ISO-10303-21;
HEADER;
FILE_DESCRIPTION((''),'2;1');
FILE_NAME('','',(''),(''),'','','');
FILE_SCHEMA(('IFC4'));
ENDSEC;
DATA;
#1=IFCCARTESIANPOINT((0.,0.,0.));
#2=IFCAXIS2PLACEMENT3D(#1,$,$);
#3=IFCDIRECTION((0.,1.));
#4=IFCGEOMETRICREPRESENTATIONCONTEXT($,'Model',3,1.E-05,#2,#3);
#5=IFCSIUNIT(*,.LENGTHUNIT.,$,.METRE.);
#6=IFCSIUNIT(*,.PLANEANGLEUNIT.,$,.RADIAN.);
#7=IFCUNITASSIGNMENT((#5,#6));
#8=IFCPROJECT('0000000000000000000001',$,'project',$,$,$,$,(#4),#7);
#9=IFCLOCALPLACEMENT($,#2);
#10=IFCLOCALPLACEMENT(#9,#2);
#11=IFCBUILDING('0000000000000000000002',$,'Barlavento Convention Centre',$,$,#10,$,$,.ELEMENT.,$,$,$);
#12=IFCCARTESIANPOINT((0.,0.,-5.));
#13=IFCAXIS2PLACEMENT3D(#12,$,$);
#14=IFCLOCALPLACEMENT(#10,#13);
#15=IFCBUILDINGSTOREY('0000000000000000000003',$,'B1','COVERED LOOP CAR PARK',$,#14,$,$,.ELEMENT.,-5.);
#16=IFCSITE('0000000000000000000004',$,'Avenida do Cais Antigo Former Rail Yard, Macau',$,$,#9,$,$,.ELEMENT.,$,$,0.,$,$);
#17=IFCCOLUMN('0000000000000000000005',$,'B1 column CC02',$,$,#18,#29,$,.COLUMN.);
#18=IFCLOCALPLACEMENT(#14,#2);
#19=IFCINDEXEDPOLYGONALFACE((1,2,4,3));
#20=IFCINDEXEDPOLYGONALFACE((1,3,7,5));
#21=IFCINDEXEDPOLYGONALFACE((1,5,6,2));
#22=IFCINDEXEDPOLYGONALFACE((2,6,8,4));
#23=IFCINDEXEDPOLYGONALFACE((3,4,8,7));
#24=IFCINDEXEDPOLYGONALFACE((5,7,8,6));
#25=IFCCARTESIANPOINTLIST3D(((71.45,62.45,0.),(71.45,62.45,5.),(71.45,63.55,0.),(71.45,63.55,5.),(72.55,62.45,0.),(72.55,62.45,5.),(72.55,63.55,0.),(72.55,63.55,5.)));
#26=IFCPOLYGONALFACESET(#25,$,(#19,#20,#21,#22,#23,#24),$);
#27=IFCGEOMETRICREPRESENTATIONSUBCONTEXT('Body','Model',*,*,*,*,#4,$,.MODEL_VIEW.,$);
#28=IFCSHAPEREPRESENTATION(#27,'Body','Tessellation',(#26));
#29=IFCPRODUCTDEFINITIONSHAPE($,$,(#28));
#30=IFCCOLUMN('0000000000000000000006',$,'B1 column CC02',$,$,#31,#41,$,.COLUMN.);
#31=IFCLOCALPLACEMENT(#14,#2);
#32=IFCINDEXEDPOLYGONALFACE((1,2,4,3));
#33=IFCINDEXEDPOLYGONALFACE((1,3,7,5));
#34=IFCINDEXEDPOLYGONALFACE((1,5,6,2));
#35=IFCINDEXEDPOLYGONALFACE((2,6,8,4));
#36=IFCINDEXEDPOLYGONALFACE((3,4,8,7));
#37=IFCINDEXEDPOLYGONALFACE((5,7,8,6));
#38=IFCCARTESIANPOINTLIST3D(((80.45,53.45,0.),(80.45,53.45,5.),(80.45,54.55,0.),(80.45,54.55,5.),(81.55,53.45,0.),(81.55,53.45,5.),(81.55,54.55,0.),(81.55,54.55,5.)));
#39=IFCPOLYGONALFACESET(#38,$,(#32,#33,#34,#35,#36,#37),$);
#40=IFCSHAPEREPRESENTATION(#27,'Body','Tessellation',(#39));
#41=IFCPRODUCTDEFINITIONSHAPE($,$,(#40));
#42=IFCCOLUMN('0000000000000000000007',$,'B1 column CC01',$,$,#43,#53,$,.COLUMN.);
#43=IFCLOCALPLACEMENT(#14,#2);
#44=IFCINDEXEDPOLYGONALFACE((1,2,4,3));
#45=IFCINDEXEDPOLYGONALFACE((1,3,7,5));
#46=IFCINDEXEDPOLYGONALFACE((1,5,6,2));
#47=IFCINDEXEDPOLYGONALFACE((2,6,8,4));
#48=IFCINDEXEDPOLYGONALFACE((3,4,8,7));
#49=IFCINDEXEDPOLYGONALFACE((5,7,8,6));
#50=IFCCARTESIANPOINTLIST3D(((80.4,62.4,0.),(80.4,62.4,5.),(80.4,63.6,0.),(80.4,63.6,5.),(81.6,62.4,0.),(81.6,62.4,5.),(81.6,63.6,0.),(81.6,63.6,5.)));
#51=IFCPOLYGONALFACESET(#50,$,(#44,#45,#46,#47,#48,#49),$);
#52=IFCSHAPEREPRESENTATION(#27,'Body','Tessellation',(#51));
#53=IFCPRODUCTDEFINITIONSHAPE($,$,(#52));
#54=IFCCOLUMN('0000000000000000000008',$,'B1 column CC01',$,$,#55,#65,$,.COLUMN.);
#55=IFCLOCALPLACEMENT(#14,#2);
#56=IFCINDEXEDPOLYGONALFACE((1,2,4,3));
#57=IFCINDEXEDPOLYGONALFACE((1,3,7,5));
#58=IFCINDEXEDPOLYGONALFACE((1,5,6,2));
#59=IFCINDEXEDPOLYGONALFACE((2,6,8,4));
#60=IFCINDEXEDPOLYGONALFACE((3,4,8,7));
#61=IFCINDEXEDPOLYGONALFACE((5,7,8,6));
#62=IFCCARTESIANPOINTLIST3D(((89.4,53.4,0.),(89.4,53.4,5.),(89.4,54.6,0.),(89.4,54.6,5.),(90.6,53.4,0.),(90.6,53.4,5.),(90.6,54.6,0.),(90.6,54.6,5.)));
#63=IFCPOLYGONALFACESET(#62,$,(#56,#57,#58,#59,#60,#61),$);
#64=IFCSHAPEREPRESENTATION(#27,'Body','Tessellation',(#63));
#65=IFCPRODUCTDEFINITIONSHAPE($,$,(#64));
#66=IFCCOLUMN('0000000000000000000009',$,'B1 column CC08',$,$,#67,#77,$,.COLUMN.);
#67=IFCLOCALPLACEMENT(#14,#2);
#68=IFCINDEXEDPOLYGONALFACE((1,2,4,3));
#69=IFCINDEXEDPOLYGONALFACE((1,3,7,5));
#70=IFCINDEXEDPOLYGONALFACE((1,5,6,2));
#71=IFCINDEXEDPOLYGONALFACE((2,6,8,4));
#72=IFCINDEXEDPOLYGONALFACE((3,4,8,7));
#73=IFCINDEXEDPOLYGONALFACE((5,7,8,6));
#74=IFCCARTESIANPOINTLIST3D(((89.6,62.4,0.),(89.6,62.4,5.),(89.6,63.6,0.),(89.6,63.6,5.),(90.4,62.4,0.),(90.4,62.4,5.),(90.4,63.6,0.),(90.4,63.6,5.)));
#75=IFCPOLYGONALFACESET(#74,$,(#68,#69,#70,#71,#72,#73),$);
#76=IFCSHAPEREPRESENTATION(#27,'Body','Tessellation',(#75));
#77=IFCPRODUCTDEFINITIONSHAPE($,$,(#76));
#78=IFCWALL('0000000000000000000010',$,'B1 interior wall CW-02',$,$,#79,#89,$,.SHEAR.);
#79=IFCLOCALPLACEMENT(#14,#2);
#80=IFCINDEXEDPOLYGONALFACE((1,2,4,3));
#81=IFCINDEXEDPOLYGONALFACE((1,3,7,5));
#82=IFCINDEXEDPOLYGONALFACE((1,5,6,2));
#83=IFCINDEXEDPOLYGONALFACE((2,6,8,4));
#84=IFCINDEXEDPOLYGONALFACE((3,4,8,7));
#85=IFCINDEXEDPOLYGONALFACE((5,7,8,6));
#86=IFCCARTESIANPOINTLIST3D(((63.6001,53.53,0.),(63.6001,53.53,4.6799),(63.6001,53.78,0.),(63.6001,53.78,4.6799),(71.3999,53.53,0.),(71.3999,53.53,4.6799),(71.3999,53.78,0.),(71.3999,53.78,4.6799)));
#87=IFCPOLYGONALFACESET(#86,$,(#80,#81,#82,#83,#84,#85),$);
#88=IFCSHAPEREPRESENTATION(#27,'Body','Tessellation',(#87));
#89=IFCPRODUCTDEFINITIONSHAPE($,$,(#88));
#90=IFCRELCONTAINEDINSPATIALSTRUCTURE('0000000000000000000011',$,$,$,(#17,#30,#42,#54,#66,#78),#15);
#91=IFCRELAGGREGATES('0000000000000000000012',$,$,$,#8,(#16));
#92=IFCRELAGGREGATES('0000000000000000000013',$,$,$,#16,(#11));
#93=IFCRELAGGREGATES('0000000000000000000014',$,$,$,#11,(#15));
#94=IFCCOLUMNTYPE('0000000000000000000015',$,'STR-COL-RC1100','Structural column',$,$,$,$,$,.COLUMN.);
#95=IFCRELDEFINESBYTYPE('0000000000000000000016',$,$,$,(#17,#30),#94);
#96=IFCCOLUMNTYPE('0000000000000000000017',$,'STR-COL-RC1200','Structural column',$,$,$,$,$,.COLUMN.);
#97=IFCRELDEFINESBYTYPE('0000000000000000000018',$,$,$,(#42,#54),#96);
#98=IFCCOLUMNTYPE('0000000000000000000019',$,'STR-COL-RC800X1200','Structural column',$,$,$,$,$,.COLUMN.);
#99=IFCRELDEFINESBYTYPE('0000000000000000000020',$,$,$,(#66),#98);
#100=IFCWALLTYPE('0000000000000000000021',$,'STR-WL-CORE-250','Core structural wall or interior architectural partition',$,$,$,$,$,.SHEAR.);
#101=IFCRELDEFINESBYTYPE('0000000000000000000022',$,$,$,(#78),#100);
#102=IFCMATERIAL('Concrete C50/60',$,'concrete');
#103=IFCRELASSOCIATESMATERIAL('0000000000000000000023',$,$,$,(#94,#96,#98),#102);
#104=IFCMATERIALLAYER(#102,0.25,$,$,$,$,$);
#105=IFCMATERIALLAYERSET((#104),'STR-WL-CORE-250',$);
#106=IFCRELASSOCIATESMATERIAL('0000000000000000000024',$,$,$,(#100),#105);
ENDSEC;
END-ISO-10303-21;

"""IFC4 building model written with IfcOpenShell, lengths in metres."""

from ifc_helpers import new_model, si_unit, direction, frame, frame_2d, origin, origin_2d, place, context, subcontext, project, spatial, rectangle, extrude, material, layer, layer_set, material_profile, profile_set, type_object, element, save


model = new_model("IFC4")

# Units and contexts
model_context = context("Model", 3, precision=1e-05, world=origin(), true_north=direction((0.0, 1.0)))
body_context = subcontext(model_context, "Body", "Model", "MODEL_VIEW")
ifc_project = project(units=[si_unit("LENGTHUNIT", "METRE"), si_unit("PLANEANGLEUNIT", "RADIAN")], contexts=[model_context])

# Site, building, storey
site_placement = place(None, origin())
site = spatial("IfcSite", under=ifc_project, at=site_placement, Name="Avenida do Cais Antigo Former Rail Yard, Macau", CompositionType="ELEMENT", RefElevation=0.0)
building_placement = place(site_placement, origin())
building = spatial("IfcBuilding", under=site, at=building_placement, Name="Barlavento Convention Centre", CompositionType="ELEMENT")
storey_placement = place(building_placement, frame((0.0, 0.0, -5.0)))
storey = spatial("IfcBuildingStorey", under=building, at=storey_placement, Name="B1", Description="COVERED LOOP CAR PARK", CompositionType="ELEMENT", Elevation=-5.0)

# Columns
ifc_material_1 = material(Name="Concrete C50/60", Category="concrete")
ifc_material_profile_1 = material_profile(ifc_material_1, rectangle(XDim=1.1001, YDim=1.1001, at=origin_2d()), Name="RC 1100x1100")
ifc_profile_set_1 = profile_set([ifc_material_profile_1], Name="Concrete C50/60")
column_type_1 = type_object("IfcColumnType", Name="STR-COL-RC1100", Description="Structural column", PredefinedType="COLUMN", material=ifc_profile_set_1)
for number, where, z_axis, x_axis, name in (
    (1, (72.0, 63.0, 0.0), (0.0, 0.0, 1.0), (1.0, 0.0, 0.0), "B1 column CC02"),
    (2, (81.0, 54.0, 0.0), (0.0, 0.0, 1.0), (1.0, 0.0, 0.0), "B1 column CC02"),
):
    element("IfcColumn", number, at=place(storey_placement, frame(where, z_axis=z_axis, x_axis=x_axis)), inside=storey, type_object=column_type_1, Name=name, PredefinedType="COLUMN", context=body_context, shape_type="SweptSolid", body=[
        extrude(rectangle(XDim=1.1001, YDim=1.1001, at=origin_2d()), origin(), (0.0, 0.0, 1.0), 5.0),
    ])
ifc_material_profile_2 = material_profile(ifc_material_1, rectangle(XDim=1.2, YDim=1.2, at=origin_2d()), Name="RC 1200x1200")
ifc_profile_set_2 = profile_set([ifc_material_profile_2], Name="Concrete C50/60")
column_type_2 = type_object("IfcColumnType", Name="STR-COL-RC1200", Description="Structural column", PredefinedType="COLUMN", material=ifc_profile_set_2)
for number, where, z_axis, x_axis, name in (
    (3, (81.0, 63.0, 0.0), (0.0, 0.0, 1.0), (1.0, 0.0, 0.0), "B1 column CC01"),
    (4, (90.0, 54.0, 0.0), (0.0, 0.0, 1.0), (1.0, 0.0, 0.0), "B1 column CC01"),
):
    element("IfcColumn", number, at=place(storey_placement, frame(where, z_axis=z_axis, x_axis=x_axis)), inside=storey, type_object=column_type_2, Name=name, PredefinedType="COLUMN", context=body_context, shape_type="SweptSolid", body=[
        extrude(rectangle(XDim=1.2, YDim=1.2, at=origin_2d()), origin(), (0.0, 0.0, 1.0), 5.0),
    ])
ifc_material_profile_3 = material_profile(ifc_material_1, rectangle(XDim=0.8, YDim=1.2, at=origin_2d()), Name="RC 800x1200")
ifc_profile_set_3 = profile_set([ifc_material_profile_3], Name="Concrete C50/60")
column_type_3 = type_object("IfcColumnType", Name="STR-COL-RC800X1200", Description="Structural column", PredefinedType="COLUMN", material=ifc_profile_set_3)
column_1_placement = place(storey_placement, frame((90.0, 63.0, 0.0), z_axis=(0.0, 0.0, 1.0), x_axis=(1.0, 0.0, 0.0)))
element("IfcColumn", 5, at=column_1_placement, inside=storey, type_object=column_type_3, Name="B1 column CC08", PredefinedType="COLUMN", context=body_context, shape_type="SweptSolid", body=[
    extrude(rectangle(XDim=0.8, YDim=1.2, at=origin_2d()), origin(), (0.0, 0.0, 1.0), 5.0),
])

# Wall
ifc_layer = layer(ifc_material_1, 0.25)
ifc_layer_set = layer_set([ifc_layer], Name="STR-WL-CORE-250")
wall_type = type_object("IfcWallType", Name="STR-WL-CORE-250", Description="Core structural wall or interior architectural partition", PredefinedType="SHEAR", material=ifc_layer_set)
wall_placement = place(storey_placement, frame((63.6001, 53.655, 0.0), z_axis=(0.0, 0.0, 1.0), x_axis=(1.0, 0.0, 0.0)))
element("IfcWall", 6, at=wall_placement, inside=storey, type_object=wall_type, Name="B1 interior wall CW-02", PredefinedType="SHEAR", context=body_context, shape_type="SweptSolid", body=[
    extrude(rectangle(XDim=7.7998, YDim=0.25, at=frame_2d((3.8999, 0.0))), origin(), (0.0, 0.0, 1.0), 4.6799),
])

save(model, "model.ifc")
